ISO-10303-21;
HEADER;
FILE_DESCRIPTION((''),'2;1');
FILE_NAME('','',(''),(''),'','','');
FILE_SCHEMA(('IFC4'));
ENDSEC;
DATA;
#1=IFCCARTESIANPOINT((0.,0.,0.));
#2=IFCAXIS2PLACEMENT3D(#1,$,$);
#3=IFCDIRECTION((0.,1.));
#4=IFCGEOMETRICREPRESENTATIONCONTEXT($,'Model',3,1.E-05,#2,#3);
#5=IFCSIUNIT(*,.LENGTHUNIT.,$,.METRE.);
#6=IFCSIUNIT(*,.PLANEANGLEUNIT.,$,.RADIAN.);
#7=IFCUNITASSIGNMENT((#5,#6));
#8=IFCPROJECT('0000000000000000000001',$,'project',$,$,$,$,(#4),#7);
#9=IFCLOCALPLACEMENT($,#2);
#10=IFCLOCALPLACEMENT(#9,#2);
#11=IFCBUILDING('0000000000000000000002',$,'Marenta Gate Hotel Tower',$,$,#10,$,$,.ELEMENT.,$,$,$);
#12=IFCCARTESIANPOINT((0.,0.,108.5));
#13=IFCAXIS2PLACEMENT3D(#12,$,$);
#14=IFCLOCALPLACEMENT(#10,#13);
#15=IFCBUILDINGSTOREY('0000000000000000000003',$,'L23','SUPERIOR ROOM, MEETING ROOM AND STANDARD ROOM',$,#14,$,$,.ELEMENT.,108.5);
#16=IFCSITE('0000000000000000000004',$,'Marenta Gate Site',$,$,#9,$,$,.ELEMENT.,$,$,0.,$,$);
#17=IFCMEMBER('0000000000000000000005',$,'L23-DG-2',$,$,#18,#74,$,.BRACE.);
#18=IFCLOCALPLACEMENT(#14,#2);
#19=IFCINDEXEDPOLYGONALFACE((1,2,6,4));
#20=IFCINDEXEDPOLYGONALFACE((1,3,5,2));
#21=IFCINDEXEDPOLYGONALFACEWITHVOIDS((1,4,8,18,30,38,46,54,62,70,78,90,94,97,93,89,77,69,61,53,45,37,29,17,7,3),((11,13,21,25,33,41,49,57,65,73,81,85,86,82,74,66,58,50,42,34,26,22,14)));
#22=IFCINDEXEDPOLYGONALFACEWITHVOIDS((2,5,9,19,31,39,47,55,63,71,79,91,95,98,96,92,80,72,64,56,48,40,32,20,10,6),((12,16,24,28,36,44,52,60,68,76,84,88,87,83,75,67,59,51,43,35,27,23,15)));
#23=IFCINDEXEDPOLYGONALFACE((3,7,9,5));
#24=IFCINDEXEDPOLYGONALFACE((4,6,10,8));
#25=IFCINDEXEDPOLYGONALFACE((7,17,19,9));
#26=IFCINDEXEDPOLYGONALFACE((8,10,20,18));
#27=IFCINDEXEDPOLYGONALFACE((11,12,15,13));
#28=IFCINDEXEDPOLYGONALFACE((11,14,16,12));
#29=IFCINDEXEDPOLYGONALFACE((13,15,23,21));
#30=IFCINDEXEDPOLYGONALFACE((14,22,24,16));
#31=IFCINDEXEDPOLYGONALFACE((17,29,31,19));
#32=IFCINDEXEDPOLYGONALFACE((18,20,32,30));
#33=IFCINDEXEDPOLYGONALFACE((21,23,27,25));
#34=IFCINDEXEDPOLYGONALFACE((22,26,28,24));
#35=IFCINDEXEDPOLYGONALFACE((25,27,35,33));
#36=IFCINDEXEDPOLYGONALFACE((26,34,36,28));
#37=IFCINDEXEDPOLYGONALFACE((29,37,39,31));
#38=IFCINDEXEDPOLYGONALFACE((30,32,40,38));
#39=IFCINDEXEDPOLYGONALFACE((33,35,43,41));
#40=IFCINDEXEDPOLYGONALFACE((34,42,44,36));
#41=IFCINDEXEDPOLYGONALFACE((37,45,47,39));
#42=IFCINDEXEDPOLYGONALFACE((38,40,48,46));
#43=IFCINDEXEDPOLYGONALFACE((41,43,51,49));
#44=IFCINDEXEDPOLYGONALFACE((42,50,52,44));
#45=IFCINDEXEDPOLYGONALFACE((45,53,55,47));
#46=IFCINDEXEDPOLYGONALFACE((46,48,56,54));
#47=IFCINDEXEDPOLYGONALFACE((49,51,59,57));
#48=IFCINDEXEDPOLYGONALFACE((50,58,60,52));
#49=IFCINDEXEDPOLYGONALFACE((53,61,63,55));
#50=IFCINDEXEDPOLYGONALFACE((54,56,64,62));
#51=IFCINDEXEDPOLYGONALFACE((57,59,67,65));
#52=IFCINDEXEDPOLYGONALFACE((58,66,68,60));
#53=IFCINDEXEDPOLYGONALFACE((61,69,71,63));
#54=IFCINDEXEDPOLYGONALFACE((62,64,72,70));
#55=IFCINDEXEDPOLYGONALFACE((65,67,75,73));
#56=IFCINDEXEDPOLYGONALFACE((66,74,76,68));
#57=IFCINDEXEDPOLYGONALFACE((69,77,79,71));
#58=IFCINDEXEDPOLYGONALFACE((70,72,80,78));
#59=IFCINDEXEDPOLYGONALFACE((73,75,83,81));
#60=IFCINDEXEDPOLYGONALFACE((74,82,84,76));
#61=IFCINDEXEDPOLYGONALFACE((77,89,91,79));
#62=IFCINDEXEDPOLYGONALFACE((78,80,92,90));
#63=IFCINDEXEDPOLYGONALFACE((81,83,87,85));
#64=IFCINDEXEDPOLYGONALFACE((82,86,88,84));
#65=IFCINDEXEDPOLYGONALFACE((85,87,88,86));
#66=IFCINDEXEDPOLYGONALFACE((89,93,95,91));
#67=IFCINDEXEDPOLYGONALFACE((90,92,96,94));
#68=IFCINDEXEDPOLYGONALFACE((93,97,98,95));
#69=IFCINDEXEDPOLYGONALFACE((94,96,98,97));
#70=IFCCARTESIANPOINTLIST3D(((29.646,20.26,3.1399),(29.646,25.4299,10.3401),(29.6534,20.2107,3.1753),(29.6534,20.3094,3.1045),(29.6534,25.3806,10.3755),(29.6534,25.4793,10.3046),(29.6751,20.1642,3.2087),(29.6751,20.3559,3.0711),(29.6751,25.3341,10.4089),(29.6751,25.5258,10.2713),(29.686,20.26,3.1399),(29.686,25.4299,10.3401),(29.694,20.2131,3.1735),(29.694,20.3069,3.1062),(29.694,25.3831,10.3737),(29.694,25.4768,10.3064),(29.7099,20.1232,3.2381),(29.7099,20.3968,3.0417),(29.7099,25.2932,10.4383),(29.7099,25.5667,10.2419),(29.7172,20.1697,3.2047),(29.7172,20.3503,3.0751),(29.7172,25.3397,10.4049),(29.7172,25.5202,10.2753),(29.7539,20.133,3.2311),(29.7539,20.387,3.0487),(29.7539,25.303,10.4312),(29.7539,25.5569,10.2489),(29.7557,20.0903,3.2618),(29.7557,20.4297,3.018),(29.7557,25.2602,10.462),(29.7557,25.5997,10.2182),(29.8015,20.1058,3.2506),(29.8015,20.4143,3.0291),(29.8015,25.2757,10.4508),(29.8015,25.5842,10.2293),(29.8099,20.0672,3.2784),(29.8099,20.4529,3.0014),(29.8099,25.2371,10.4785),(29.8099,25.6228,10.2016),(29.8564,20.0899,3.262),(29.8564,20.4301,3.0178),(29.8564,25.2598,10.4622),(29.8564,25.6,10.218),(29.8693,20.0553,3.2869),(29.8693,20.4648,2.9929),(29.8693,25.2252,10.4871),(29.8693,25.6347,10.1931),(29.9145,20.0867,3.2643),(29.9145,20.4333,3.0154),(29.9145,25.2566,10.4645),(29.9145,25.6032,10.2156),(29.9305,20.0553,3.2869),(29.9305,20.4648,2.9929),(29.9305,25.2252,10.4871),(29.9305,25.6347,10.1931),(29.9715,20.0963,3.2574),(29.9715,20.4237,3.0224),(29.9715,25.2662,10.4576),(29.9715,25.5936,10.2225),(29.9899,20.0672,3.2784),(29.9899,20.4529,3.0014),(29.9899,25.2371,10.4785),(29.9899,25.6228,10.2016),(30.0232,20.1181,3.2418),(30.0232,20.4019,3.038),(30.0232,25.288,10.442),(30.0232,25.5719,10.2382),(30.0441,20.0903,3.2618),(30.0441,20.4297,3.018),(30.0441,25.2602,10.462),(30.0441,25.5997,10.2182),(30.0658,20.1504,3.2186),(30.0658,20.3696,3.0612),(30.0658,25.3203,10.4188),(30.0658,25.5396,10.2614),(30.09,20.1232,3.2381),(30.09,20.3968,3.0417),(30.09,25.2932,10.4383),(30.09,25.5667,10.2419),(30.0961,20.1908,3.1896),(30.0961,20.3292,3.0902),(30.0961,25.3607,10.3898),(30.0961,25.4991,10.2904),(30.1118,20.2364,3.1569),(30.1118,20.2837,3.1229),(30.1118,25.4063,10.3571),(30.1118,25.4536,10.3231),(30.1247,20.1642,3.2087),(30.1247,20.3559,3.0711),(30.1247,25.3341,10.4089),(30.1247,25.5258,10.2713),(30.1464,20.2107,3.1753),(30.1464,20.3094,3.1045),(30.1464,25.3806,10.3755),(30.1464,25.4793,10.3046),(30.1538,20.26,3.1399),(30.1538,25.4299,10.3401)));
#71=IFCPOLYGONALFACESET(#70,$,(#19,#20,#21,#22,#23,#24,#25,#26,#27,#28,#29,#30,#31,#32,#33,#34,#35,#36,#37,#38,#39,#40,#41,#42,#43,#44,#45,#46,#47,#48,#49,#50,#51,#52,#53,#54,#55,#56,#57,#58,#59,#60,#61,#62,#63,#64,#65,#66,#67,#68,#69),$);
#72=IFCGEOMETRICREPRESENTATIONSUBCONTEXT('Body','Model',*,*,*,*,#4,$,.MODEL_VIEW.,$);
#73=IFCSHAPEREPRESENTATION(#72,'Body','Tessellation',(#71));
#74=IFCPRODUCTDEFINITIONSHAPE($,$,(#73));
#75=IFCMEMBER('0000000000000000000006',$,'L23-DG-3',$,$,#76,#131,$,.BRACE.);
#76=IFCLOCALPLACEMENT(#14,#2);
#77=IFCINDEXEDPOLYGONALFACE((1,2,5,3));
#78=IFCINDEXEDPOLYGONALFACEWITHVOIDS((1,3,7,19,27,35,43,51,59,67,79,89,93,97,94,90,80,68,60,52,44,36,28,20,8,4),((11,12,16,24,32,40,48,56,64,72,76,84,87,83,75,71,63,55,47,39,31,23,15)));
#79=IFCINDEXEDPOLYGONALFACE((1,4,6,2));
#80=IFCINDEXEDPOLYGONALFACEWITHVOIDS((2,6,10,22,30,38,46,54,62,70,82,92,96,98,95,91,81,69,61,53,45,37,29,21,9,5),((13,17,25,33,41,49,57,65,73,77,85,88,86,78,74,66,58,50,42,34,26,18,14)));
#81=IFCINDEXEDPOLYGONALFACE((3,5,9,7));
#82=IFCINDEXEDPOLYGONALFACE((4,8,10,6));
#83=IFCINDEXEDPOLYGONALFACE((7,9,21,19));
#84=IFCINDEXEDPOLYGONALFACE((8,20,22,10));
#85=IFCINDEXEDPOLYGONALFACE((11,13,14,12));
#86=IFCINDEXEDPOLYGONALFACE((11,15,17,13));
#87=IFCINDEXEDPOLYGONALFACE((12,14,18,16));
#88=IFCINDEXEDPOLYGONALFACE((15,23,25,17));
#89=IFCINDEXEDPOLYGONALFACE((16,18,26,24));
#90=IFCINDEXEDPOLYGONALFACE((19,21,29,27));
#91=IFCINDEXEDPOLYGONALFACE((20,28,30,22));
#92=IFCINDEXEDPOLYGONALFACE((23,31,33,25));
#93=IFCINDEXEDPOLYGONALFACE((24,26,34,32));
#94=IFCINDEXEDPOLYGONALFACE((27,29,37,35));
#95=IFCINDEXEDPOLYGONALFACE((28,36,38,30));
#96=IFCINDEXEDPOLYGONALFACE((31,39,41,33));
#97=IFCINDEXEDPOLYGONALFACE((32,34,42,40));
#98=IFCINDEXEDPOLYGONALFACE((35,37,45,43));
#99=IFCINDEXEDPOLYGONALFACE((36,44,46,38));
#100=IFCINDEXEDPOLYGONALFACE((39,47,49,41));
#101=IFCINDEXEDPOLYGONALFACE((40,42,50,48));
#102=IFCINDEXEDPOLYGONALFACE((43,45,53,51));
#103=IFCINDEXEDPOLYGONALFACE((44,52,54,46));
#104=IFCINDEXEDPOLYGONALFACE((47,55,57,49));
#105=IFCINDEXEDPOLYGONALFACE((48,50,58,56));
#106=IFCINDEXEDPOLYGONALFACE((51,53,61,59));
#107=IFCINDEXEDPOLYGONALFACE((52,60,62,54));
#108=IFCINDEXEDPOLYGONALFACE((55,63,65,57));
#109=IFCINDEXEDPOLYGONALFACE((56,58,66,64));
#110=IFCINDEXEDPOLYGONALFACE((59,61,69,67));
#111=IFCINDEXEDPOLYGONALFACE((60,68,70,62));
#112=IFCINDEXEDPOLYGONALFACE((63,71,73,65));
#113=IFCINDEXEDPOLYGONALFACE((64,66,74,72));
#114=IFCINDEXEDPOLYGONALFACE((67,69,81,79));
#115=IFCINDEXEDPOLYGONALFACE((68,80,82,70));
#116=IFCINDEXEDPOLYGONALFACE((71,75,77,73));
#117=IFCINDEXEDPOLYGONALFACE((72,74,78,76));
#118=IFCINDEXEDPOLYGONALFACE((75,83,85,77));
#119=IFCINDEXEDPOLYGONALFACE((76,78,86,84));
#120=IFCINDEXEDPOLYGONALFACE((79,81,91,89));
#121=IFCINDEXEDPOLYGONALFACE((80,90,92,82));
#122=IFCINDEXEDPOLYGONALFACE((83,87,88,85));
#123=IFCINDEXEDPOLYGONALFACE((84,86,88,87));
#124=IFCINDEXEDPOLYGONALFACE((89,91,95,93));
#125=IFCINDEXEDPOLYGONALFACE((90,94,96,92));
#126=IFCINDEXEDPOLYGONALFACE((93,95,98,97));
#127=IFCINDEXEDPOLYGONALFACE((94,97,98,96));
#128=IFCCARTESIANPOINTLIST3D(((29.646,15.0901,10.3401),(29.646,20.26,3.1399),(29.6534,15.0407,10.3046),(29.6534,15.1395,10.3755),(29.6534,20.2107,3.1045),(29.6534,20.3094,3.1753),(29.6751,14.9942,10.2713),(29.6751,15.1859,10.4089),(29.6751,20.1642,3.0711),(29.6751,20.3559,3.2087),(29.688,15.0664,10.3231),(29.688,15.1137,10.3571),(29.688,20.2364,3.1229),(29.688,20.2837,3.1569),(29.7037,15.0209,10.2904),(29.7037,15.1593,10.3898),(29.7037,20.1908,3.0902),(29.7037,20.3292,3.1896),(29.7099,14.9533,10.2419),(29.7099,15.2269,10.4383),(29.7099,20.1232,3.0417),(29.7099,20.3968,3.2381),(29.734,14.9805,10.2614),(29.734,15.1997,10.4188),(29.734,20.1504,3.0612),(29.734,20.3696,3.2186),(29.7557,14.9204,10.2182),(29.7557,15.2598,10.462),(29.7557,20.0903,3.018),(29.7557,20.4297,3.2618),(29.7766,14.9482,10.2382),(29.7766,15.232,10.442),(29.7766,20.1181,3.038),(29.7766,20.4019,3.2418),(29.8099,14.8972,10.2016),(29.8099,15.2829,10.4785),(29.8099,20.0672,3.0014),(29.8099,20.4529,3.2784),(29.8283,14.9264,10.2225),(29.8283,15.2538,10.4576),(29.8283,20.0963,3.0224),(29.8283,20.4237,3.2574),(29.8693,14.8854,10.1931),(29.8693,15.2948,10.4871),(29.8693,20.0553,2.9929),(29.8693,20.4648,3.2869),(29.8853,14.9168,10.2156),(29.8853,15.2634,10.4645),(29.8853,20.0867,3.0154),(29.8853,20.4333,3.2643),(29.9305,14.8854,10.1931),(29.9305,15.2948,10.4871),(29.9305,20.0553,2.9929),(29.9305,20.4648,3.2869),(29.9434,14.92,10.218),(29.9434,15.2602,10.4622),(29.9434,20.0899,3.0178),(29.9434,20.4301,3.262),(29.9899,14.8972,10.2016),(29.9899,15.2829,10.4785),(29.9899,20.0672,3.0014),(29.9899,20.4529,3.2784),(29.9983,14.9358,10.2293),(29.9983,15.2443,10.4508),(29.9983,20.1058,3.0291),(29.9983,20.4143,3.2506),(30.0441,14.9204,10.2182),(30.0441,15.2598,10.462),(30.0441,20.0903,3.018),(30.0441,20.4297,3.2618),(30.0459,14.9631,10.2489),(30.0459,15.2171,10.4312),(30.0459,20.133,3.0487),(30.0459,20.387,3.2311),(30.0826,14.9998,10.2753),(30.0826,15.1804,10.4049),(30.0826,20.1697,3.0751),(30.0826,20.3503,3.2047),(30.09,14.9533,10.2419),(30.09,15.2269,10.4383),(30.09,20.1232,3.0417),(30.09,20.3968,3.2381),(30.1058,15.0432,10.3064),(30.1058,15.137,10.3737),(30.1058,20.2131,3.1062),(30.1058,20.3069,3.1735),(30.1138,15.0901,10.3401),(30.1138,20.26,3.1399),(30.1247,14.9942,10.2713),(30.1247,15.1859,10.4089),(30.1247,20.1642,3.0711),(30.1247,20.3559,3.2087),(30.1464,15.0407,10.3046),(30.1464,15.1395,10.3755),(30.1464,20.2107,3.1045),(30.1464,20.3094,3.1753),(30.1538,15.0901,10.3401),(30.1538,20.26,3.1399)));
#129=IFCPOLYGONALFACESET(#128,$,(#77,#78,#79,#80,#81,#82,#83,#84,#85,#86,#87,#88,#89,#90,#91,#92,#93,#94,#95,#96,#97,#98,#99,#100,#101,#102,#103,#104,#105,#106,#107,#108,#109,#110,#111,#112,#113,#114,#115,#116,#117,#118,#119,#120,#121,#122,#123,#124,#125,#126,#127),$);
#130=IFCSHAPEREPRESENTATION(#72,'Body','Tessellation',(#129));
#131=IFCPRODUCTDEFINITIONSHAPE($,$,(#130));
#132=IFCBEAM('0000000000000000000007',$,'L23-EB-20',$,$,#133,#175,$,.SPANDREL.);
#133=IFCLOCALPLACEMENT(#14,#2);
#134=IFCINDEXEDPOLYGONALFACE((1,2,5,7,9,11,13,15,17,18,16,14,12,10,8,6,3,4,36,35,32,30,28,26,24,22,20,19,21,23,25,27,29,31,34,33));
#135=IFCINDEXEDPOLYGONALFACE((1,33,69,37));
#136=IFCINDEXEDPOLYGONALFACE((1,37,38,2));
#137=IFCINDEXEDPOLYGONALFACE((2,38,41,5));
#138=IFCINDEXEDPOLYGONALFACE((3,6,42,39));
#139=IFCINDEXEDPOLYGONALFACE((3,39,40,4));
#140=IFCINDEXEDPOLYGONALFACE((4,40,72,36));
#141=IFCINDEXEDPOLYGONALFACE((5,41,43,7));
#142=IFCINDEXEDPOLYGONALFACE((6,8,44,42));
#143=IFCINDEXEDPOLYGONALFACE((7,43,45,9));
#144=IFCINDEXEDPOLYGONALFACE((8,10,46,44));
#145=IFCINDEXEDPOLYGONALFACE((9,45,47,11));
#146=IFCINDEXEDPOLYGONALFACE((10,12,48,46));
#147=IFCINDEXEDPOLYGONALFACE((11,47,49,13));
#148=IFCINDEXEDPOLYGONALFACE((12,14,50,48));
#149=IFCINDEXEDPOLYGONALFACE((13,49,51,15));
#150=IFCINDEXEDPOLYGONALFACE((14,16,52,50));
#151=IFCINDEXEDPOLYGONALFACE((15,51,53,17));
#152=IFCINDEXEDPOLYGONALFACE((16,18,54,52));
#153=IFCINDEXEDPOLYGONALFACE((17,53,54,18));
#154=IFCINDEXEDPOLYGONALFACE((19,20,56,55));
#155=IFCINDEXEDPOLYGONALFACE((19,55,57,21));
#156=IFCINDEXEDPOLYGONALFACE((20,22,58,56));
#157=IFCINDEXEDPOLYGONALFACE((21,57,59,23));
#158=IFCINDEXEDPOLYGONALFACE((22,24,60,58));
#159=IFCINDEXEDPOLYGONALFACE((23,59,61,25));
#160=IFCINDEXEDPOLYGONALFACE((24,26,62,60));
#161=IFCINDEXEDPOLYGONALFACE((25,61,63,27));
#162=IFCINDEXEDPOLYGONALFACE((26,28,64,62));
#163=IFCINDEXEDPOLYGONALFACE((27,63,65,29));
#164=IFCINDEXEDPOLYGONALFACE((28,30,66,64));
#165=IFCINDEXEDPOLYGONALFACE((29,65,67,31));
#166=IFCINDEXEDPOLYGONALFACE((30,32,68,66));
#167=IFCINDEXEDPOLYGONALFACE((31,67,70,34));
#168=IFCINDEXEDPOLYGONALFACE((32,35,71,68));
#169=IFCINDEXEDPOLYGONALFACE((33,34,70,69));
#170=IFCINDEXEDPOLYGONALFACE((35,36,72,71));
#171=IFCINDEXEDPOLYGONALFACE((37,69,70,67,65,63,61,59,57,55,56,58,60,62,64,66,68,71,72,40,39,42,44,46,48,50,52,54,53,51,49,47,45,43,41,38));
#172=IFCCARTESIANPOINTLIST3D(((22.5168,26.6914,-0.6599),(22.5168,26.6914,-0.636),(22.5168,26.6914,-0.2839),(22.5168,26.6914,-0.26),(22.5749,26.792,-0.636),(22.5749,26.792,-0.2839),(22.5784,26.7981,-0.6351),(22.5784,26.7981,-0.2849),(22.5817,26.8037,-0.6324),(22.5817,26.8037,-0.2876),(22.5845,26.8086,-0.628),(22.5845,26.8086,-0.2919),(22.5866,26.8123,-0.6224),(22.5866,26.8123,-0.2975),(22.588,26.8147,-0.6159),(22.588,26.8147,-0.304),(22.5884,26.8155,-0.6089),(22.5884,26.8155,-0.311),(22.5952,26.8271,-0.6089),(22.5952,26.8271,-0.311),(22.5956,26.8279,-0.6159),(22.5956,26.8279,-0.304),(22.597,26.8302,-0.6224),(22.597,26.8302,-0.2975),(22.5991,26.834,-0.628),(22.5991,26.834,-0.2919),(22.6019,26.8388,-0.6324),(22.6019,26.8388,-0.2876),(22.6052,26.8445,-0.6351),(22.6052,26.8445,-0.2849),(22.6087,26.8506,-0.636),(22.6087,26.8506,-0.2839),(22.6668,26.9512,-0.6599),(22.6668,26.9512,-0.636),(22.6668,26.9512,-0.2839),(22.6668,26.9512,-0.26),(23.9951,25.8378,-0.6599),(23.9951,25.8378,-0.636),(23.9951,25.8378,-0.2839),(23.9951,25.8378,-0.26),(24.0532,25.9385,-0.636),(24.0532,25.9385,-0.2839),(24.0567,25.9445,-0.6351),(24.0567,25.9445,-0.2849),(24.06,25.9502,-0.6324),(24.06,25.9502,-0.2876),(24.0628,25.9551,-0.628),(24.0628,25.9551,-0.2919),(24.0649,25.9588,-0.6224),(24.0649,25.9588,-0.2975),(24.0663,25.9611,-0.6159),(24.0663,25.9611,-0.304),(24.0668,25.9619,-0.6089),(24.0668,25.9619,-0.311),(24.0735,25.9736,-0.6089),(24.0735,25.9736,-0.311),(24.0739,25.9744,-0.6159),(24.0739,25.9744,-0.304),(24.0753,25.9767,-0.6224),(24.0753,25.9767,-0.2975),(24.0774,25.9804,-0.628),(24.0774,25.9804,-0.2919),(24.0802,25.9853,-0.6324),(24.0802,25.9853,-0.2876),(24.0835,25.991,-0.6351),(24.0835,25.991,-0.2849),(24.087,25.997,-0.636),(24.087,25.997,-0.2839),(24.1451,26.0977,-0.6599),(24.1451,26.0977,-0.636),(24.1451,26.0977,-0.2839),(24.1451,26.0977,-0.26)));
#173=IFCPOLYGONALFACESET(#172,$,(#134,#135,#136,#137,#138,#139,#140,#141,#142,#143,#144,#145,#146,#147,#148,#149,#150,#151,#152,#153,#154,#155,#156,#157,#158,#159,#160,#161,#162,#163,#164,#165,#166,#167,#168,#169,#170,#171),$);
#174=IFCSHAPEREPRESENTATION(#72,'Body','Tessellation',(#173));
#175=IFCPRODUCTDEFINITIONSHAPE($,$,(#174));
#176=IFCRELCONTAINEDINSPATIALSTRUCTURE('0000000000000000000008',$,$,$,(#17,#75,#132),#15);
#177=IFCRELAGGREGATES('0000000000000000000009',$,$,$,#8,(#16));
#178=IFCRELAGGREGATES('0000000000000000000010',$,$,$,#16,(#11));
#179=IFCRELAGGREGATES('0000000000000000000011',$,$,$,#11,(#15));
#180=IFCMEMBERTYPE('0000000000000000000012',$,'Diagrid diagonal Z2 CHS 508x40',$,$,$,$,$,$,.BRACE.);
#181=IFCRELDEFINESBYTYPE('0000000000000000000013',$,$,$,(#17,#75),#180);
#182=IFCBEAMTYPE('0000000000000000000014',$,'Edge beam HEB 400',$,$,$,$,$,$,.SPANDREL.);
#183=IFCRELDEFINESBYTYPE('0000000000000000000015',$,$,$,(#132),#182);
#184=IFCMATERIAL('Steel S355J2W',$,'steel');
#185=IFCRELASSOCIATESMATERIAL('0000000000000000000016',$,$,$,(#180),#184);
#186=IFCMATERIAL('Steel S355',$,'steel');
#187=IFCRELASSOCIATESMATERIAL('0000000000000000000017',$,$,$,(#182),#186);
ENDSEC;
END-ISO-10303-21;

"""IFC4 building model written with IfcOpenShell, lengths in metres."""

from ifc_helpers import new_model, si_unit, direction, frame, origin, origin_2d, place, context, subcontext, project, spatial, hollow_circle, i_section, extrude, material, material_profile, profile_set, type_object, element, save


model = new_model("IFC4")

# Units and contexts
model_context = context("Model", 3, precision=1e-05, world=origin(), true_north=direction((0.0, 1.0)))
body_context = subcontext(model_context, "Body", "Model", "MODEL_VIEW")
ifc_project = project(units=[si_unit("LENGTHUNIT", "METRE"), si_unit("PLANEANGLEUNIT", "RADIAN")], contexts=[model_context])

# Site, building, storey
site_placement = place(None, origin())
site = spatial("IfcSite", under=ifc_project, at=site_placement, Name="Marenta Gate Site", CompositionType="ELEMENT", RefElevation=0.0)
building_placement = place(site_placement, origin())
building = spatial("IfcBuilding", under=site, at=building_placement, Name="Marenta Gate Hotel Tower", CompositionType="ELEMENT")
storey_placement = place(building_placement, frame((0.0, 0.0, 108.5)))
storey = spatial("IfcBuildingStorey", under=building, at=storey_placement, Name="L23", Description="SUPERIOR ROOM, MEETING ROOM AND STANDARD ROOM", CompositionType="ELEMENT", Elevation=108.5)

# Members
ifc_material_1 = material(Name="Steel S355J2W", Category="steel")
ifc_material_profile_1 = material_profile(ifc_material_1, hollow_circle(Radius=0.2539, WallThickness=0.04, at=origin_2d()), Name="CHS 508x40")
ifc_profile_set_1 = profile_set([ifc_material_profile_1], Name="Steel S355J2W")
member_type_1 = type_object("IfcMemberType", Name="Diagrid diagonal Z2 CHS 508x40", PredefinedType="BRACE", material=ifc_profile_set_1)
for number, where, z_axis, x_axis, name in (
    (1, (29.8999, 20.26, 3.1399), (0.0, 0.583248, 0.812294), (-1.0, 0.0, 0.0), "L23-DG-2"),
    (2, (29.8999, 20.26, 3.1399), (0.0, -0.583248, 0.812294), (1.0, 0.0, 0.0), "L23-DG-3"),
):
    element("IfcMember", number, at=place(storey_placement, frame(where, z_axis=z_axis, x_axis=x_axis)), inside=storey, type_object=member_type_1, Name=name, PredefinedType="BRACE", context=body_context, shape_type="SweptSolid", body=[
        extrude(hollow_circle(Radius=0.2539, WallThickness=0.04, at=origin_2d()), origin(), (0.0, 0.0, 1.0), 8.864),
    ])

# Beam
ifc_material_2 = material(Name="Steel S355", Category="steel")
ifc_material_profile_2 = material_profile(ifc_material_2, i_section(OverallWidth=0.3, OverallDepth=0.3999, WebThickness=0.0134, FlangeThickness=0.0239, FilletRadius=0.0271, at=origin_2d()), Name="HEB 400")
ifc_profile_set_2 = profile_set([ifc_material_profile_2], Name="Steel S355")
beam_type_1 = type_object("IfcBeamType", Name="Edge beam HEB 400", PredefinedType="SPANDREL", material=ifc_profile_set_2)
beam_1_placement = place(storey_placement, frame((22.5918, 26.8213, -0.46), z_axis=(0.866016, -0.500015, 0.0), x_axis=(0.500015, 0.866016, 0.0)))
element("IfcBeam", 3, at=beam_1_placement, inside=storey, type_object=beam_type_1, Name="L23-EB-20", PredefinedType="SPANDREL", context=body_context, shape_type="SweptSolid", body=[
    extrude(i_section(OverallWidth=0.3, OverallDepth=0.3999, WebThickness=0.0134, FlangeThickness=0.0239, FilletRadius=0.0271, at=origin_2d()), origin(), (0.0, 0.0, 1.0), 1.707),
])

save(model, "model.ifc")
